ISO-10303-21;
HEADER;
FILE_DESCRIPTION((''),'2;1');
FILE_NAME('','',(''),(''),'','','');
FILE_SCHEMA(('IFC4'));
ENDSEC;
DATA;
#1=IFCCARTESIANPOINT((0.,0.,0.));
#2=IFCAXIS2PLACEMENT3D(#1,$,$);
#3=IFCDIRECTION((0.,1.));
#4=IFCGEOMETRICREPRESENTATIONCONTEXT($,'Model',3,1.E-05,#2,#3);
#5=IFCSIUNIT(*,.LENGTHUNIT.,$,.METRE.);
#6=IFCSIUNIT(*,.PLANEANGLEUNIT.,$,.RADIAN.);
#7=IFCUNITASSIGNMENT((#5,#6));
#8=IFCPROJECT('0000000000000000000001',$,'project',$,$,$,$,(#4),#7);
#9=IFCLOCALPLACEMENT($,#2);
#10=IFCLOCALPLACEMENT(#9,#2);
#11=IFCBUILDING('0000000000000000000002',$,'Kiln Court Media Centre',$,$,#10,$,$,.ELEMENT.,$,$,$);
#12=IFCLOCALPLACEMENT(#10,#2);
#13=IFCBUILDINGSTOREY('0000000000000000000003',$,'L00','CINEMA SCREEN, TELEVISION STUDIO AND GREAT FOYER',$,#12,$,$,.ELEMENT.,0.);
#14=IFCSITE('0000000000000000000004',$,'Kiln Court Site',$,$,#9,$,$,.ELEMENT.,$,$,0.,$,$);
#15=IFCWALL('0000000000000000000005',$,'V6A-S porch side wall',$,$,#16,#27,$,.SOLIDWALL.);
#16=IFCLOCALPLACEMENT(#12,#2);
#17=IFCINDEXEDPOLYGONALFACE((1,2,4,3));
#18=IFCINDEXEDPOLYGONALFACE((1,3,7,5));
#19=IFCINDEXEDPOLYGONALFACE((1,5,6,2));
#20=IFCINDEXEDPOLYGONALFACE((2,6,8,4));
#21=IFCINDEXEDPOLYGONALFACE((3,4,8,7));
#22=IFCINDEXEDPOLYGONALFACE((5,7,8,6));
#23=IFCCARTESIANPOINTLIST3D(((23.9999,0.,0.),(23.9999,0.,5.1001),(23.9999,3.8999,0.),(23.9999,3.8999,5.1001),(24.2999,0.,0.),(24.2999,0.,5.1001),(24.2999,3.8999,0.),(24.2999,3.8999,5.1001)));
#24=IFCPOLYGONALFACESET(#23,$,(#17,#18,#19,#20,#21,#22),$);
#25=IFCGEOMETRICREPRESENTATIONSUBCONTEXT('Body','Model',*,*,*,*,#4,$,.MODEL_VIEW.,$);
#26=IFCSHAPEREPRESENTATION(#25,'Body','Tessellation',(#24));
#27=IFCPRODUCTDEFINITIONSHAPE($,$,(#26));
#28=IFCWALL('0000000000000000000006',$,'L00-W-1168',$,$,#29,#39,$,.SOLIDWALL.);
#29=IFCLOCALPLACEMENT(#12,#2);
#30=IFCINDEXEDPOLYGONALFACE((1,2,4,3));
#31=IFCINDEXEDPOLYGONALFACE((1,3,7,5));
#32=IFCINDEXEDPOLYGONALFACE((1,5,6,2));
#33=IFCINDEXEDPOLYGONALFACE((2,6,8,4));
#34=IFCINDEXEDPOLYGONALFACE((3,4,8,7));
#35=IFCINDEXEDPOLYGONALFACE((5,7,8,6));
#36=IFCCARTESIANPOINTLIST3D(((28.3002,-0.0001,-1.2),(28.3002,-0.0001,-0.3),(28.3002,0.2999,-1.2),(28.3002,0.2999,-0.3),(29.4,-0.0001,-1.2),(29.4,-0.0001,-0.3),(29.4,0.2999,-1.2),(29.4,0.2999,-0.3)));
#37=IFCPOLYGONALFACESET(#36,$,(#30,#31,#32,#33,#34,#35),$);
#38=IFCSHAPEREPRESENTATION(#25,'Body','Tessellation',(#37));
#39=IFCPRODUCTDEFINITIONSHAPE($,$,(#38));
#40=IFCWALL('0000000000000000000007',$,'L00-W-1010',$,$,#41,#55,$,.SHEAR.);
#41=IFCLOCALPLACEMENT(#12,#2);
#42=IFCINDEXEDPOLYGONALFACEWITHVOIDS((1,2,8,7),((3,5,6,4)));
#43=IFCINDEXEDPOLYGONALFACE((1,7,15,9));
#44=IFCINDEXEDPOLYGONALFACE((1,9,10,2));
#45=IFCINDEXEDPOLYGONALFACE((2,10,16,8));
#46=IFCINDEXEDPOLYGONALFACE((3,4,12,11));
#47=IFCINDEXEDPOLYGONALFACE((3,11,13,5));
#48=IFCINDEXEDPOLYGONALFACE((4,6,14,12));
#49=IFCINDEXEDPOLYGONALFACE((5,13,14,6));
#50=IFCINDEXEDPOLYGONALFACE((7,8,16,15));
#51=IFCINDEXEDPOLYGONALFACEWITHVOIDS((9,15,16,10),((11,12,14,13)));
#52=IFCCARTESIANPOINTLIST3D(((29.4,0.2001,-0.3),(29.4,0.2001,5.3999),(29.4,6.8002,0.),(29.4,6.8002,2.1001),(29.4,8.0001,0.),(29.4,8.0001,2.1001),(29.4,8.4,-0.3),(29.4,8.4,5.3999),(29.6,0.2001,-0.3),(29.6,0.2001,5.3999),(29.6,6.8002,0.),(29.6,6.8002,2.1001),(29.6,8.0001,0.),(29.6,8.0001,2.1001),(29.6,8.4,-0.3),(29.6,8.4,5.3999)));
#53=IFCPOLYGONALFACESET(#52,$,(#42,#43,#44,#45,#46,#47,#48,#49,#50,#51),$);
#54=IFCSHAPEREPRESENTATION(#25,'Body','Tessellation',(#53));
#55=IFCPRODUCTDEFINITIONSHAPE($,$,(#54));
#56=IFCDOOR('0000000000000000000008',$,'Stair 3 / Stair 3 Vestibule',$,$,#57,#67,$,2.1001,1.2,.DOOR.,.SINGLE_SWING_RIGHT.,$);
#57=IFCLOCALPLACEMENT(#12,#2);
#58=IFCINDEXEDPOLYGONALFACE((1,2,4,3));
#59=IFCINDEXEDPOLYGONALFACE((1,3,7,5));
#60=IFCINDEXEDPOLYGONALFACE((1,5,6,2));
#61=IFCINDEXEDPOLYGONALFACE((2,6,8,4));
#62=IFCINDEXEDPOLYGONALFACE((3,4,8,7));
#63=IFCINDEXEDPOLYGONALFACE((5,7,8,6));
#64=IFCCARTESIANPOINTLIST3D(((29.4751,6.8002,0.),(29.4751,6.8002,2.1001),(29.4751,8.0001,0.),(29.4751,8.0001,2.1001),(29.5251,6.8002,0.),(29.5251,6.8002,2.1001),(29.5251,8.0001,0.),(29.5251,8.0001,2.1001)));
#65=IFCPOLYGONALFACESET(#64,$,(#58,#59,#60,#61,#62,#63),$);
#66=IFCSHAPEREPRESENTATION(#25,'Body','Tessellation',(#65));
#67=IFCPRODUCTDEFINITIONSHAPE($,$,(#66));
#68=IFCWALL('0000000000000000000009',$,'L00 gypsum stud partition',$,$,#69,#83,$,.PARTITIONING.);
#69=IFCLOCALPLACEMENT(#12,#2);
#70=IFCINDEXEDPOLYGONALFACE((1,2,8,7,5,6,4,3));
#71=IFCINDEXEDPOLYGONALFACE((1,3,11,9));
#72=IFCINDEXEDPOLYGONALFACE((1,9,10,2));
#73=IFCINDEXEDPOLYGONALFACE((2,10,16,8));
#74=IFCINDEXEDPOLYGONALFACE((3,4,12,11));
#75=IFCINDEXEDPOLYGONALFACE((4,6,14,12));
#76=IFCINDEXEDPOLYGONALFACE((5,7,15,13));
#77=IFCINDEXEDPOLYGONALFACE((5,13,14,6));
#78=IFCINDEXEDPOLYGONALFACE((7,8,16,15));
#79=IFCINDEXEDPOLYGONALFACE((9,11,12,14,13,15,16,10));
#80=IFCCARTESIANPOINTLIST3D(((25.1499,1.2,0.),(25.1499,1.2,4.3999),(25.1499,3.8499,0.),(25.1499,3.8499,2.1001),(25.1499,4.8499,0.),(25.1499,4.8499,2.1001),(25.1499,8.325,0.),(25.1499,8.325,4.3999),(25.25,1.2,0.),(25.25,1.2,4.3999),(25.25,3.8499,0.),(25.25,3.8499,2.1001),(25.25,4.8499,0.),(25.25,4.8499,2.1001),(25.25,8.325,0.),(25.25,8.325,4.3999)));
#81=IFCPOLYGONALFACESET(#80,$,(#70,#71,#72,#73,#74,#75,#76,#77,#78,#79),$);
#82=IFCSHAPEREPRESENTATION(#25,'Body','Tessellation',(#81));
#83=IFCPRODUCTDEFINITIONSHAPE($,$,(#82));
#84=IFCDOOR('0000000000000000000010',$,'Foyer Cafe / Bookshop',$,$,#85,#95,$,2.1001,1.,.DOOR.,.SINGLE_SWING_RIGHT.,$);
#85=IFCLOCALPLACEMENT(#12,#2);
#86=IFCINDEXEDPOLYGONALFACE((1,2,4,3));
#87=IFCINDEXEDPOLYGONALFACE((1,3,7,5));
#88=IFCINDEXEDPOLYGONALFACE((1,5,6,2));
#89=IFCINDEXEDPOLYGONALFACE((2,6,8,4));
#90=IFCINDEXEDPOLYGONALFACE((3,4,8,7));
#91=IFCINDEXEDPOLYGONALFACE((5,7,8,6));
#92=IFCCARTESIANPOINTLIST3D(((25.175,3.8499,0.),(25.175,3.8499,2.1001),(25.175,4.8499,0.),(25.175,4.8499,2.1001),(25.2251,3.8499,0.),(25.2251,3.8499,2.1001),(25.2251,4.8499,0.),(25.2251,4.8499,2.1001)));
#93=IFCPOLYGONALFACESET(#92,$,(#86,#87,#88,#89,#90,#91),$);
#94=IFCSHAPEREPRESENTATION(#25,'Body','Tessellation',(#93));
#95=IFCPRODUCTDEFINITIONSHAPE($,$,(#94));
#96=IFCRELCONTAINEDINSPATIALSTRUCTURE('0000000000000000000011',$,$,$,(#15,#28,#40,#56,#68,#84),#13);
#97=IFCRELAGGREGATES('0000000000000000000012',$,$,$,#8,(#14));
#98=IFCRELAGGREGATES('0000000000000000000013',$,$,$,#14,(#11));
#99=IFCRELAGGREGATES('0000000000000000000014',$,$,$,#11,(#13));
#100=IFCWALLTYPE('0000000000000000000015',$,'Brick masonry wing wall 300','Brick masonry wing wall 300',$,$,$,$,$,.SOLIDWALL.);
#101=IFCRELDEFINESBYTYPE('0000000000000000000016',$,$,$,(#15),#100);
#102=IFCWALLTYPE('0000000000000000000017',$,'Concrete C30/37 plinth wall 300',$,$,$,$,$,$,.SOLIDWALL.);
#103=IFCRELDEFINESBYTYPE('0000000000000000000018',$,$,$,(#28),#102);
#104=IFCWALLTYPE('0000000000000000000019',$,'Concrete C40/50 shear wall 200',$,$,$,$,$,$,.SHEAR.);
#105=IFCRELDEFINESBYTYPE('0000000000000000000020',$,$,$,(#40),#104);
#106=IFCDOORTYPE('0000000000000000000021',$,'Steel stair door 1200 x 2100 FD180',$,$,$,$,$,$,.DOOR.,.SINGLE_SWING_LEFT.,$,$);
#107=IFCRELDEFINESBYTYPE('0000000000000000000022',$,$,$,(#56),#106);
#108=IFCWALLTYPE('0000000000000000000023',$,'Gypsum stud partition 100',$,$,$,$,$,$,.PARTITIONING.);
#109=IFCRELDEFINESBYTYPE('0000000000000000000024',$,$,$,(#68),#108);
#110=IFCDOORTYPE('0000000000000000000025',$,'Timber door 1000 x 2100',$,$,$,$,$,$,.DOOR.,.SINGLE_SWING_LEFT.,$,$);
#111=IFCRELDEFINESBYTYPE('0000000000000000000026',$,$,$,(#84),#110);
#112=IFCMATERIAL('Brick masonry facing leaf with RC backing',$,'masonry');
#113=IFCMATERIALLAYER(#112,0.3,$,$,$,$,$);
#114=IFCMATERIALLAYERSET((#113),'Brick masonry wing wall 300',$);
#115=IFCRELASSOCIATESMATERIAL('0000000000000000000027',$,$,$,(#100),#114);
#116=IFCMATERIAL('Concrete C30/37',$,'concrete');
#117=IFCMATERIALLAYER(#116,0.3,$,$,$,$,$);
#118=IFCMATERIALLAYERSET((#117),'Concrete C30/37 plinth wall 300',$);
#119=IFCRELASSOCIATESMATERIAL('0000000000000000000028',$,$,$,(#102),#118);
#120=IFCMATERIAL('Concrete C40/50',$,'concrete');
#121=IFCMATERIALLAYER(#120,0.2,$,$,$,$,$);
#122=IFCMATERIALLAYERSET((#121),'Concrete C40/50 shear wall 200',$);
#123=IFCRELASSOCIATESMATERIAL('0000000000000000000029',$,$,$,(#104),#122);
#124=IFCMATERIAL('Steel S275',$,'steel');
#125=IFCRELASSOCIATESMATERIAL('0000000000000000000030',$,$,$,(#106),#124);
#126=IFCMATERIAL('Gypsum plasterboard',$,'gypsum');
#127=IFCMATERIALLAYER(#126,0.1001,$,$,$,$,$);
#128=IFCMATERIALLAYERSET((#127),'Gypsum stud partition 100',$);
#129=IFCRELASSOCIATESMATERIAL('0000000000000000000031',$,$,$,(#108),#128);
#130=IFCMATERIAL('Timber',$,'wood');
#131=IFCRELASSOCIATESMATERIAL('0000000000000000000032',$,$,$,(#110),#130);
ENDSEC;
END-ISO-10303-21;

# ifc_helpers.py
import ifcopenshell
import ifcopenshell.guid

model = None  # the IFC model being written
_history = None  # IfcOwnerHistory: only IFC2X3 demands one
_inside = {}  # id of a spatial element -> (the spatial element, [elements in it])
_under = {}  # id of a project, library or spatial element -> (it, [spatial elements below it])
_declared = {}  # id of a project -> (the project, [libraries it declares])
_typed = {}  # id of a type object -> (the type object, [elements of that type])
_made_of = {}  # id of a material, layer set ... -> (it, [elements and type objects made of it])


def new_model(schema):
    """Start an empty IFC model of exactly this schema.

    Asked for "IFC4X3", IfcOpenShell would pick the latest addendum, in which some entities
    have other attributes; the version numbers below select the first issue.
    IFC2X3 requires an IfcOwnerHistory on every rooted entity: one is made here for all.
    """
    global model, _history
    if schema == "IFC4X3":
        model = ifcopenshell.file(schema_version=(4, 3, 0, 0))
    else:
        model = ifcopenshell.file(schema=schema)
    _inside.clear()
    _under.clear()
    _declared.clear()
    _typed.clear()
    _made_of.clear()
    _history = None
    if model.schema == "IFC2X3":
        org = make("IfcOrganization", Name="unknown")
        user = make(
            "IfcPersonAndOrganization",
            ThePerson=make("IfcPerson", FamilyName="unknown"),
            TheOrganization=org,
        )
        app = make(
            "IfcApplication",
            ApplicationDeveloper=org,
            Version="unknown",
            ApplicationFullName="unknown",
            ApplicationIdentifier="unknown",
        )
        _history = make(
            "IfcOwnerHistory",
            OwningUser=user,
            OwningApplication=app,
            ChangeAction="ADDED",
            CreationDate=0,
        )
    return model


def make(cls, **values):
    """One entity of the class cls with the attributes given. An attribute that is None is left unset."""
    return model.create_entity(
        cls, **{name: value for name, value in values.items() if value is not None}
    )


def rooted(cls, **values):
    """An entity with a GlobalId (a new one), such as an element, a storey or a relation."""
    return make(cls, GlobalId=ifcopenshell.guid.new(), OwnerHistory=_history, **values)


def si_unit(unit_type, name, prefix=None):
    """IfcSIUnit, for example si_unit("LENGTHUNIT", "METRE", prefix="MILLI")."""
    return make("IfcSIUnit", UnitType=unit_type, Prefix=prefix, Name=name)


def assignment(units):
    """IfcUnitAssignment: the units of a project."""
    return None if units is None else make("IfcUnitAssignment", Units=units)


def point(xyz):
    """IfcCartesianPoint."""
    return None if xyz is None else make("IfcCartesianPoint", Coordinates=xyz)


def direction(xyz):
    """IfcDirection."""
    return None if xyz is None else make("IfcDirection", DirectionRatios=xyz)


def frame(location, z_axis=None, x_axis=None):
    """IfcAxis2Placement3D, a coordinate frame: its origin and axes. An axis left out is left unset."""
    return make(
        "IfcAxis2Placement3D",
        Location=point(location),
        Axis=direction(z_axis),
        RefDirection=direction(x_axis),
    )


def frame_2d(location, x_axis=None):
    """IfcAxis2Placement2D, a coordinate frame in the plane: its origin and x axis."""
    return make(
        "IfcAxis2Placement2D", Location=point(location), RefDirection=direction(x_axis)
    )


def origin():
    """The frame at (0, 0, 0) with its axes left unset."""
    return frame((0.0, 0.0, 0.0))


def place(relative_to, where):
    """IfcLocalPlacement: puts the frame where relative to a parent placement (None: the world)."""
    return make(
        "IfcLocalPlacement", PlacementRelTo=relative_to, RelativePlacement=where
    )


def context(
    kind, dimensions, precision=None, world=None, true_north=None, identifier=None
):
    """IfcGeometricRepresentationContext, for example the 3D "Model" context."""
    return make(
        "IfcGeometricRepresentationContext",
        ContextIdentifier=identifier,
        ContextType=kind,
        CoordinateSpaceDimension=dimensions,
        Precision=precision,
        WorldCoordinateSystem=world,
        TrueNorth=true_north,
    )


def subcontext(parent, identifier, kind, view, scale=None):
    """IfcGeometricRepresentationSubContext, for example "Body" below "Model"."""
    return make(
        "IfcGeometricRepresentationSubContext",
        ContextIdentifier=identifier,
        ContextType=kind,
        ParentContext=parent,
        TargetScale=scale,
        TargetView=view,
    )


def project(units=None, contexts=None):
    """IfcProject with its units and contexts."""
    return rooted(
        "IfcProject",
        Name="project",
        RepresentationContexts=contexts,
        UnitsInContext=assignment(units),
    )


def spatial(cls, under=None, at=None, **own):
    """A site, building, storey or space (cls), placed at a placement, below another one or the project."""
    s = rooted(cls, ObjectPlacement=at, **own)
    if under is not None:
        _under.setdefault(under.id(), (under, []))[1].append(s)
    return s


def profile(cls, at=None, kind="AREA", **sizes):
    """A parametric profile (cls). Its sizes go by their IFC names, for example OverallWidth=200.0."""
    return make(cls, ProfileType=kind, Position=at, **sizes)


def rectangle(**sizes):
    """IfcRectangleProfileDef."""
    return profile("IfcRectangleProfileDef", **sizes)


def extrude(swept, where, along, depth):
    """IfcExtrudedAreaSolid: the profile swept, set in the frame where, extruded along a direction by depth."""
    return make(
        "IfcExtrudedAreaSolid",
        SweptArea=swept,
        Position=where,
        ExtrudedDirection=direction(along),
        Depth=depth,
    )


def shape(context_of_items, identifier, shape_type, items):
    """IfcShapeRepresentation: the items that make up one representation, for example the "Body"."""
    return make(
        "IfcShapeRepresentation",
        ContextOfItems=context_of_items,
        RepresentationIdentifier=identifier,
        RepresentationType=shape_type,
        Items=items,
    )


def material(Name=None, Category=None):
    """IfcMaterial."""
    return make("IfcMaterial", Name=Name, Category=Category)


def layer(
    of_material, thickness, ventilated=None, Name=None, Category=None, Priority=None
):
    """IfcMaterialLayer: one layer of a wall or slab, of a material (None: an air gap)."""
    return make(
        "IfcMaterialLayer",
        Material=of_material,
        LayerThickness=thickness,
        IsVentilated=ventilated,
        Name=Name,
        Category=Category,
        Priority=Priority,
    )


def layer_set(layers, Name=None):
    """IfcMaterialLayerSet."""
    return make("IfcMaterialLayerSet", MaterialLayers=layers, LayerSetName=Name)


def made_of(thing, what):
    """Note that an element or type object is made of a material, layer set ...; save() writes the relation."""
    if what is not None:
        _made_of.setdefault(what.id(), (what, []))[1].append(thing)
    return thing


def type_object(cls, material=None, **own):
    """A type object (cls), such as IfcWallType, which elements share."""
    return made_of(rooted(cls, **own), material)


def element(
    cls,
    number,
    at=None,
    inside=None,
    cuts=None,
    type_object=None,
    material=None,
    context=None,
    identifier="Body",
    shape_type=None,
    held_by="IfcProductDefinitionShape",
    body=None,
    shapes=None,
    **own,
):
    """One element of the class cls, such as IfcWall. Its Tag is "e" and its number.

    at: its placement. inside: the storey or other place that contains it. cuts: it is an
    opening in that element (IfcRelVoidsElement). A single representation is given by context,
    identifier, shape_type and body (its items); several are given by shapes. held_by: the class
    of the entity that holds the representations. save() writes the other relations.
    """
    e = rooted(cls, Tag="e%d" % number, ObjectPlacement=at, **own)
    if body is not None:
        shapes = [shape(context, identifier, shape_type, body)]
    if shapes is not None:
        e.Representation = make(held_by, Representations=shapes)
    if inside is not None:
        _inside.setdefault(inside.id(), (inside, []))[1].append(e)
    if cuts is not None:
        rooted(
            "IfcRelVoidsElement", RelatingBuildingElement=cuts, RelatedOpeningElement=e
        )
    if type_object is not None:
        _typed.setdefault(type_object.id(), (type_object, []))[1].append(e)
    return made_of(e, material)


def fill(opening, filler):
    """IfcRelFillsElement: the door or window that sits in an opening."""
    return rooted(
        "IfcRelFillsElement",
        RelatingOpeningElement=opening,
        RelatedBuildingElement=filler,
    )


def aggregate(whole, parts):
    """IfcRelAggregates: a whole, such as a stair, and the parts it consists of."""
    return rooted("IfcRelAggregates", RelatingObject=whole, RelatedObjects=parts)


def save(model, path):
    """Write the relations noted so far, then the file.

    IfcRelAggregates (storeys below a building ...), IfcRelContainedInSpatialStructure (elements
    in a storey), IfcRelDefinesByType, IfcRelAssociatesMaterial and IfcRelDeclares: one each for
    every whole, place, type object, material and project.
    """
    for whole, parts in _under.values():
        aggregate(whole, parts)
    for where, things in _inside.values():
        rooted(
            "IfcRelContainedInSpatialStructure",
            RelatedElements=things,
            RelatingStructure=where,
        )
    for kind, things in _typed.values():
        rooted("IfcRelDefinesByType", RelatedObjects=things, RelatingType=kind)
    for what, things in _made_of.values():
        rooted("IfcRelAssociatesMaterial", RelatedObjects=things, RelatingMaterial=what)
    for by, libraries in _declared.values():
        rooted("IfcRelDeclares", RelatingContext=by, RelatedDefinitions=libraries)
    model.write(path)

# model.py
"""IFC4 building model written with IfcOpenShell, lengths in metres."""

from ifc_helpers import new_model, si_unit, direction, frame, frame_2d, origin, place, context, subcontext, project, spatial, rectangle, extrude, material, layer, layer_set, type_object, element, fill, save


model = new_model("IFC4")

# Units and contexts
model_context = context("Model", 3, precision=1e-05, world=origin(), true_north=direction((0.0, 1.0)))
body_context = subcontext(model_context, "Body", "Model", "MODEL_VIEW")
ifc_project = project(units=[si_unit("LENGTHUNIT", "METRE"), si_unit("PLANEANGLEUNIT", "RADIAN")], contexts=[model_context])

# Site, building, storey
site_placement = place(None, origin())
site = spatial("IfcSite", under=ifc_project, at=site_placement, Name="Kiln Court Site", CompositionType="ELEMENT", RefElevation=0.0)
building_placement = place(site_placement, origin())
building = spatial("IfcBuilding", under=site, at=building_placement, Name="Kiln Court Media Centre", CompositionType="ELEMENT")
storey_placement = place(building_placement, origin())
storey = spatial("IfcBuildingStorey", under=building, at=storey_placement, Name="L00", Description="CINEMA SCREEN, TELEVISION STUDIO AND GREAT FOYER", CompositionType="ELEMENT", Elevation=0.0)

# Walls
ifc_material_1 = material(Name="Brick masonry facing leaf with RC backing", Category="masonry")
ifc_layer_1 = layer(ifc_material_1, 0.3)
ifc_layer_set_1 = layer_set([ifc_layer_1], Name="Brick masonry wing wall 300")
wall_type_1 = type_object("IfcWallType", Name="Brick masonry wing wall 300", Description="Brick masonry wing wall 300", PredefinedType="SOLIDWALL", material=ifc_layer_set_1)
wall_1_placement = place(storey_placement, frame((24.1499, 3.8999, 0.0), z_axis=(0.0, 0.0, 1.0), x_axis=(0.0, -1.0, 0.0)))
element("IfcWall", 1, at=wall_1_placement, inside=storey, type_object=wall_type_1, Name="V6A-S porch side wall", PredefinedType="SOLIDWALL", context=body_context, shape_type="SweptSolid", body=[
    extrude(rectangle(XDim=3.8999, YDim=0.3, at=frame_2d((1.95, 0.0))), origin(), (0.0, 0.0, 1.0), 5.1001),
])
ifc_material_2 = material(Name="Concrete C30/37", Category="concrete")
ifc_layer_2 = layer(ifc_material_2, 0.3)
ifc_layer_set_2 = layer_set([ifc_layer_2], Name="Concrete C30/37 plinth wall 300")
wall_type_2 = type_object("IfcWallType", Name="Concrete C30/37 plinth wall 300", PredefinedType="SOLIDWALL", material=ifc_layer_set_2)
wall_2_placement = place(storey_placement, frame((29.3999, 0.1499, -1.2), z_axis=(0.0, 0.0, 1.0), x_axis=(-1.0, 0.0, 0.0)))
element("IfcWall", 2, at=wall_2_placement, inside=storey, type_object=wall_type_2, Name="L00-W-1168", PredefinedType="SOLIDWALL", context=body_context, shape_type="SweptSolid", body=[
    extrude(rectangle(XDim=1.0999, YDim=0.3, at=frame_2d((0.5498, 0.0))), origin(), (0.0, 0.0, 1.0), 0.8999),
])

# Walls, openings, doors
ifc_material_3 = material(Name="Concrete C40/50", Category="concrete")
ifc_layer_3 = layer(ifc_material_3, 0.2)
ifc_layer_set_3 = layer_set([ifc_layer_3], Name="Concrete C40/50 shear wall 200")
wall_type_3 = type_object("IfcWallType", Name="Concrete C40/50 shear wall 200", PredefinedType="SHEAR", material=ifc_layer_set_3)
wall_3_placement = place(storey_placement, frame((29.5, 0.2, -0.3), z_axis=(0.0, 0.0, 1.0), x_axis=(0.0, 1.0, 0.0)))
wall_3 = element("IfcWall", 3, at=wall_3_placement, inside=storey, type_object=wall_type_3, Name="L00-W-1010", PredefinedType="SHEAR", context=body_context, shape_type="SweptSolid", body=[
    extrude(rectangle(XDim=8.2, YDim=0.2, at=frame_2d((4.1001, 0.0))), origin(), (0.0, 0.0, 1.0), 5.7),
])
opening_1_placement = place(wall_3_placement, frame((6.6001, 0.0, 0.3)))
opening_1 = element("IfcOpeningElement", 4, at=opening_1_placement, cuts=wall_3, PredefinedType="OPENING", context=body_context, shape_type="SweptSolid", body=[
    extrude(rectangle(XDim=1.2, YDim=2.1001, at=frame_2d((0.6001, 1.05))), frame((0.0, 0.1099, 0.0), z_axis=(0.0, -1.0, 0.0), x_axis=(1.0, 0.0, 0.0)), (0.0, 0.0, 1.0), 0.22),
])
ifc_material_4 = material(Name="Steel S275", Category="steel")
door_type_1 = type_object("IfcDoorType", Name="Steel stair door 1200 x 2100 FD180", OperationType="SINGLE_SWING_LEFT", PredefinedType="DOOR", material=ifc_material_4)
door_1_placement = place(opening_1_placement, origin())
door_1 = element("IfcDoor", 5, at=door_1_placement, inside=storey, type_object=door_type_1, Name="Stair 3 / Stair 3 Vestibule", OperationType="SINGLE_SWING_RIGHT", OverallHeight=2.1001, OverallWidth=1.2, PredefinedType="DOOR", context=body_context, shape_type="SweptSolid", body=[
    extrude(rectangle(XDim=1.2, YDim=2.1001, at=frame_2d((0.6001, 1.05))), frame((0.0, 0.0249, 0.0), z_axis=(0.0, -1.0, 0.0), x_axis=(1.0, 0.0, 0.0)), (0.0, 0.0, 1.0), 0.05),
])
fill(opening_1, door_1)
ifc_material_5 = material(Name="Gypsum plasterboard", Category="gypsum")
ifc_layer_4 = layer(ifc_material_5, 0.1001)
ifc_layer_set_4 = layer_set([ifc_layer_4], Name="Gypsum stud partition 100")
wall_type_4 = type_object("IfcWallType", Name="Gypsum stud partition 100", PredefinedType="PARTITIONING", material=ifc_layer_set_4)
wall_4_placement = place(storey_placement, frame((25.2, 1.2, 0.0), z_axis=(0.0, 0.0, 1.0), x_axis=(0.0, 1.0, 0.0)))
wall_4 = element("IfcWall", 6, at=wall_4_placement, inside=storey, type_object=wall_type_4, Name="L00 gypsum stud partition", PredefinedType="PARTITIONING", context=body_context, shape_type="SweptSolid", body=[
    extrude(rectangle(XDim=7.125, YDim=0.1001, at=frame_2d((3.5625, 0.0))), origin(), (0.0, 0.0, 1.0), 4.3999),
])
opening_2_placement = place(wall_4_placement, frame((2.6499, 0.0, 0.0)))
opening_2 = element("IfcOpeningElement", 7, at=opening_2_placement, cuts=wall_4, PredefinedType="OPENING", context=body_context, shape_type="SweptSolid", body=[
    extrude(rectangle(XDim=1.0, YDim=2.1001, at=frame_2d((0.5, 1.05))), frame((0.0, 0.0601, 0.0), z_axis=(0.0, -1.0, 0.0), x_axis=(1.0, 0.0, 0.0)), (0.0, 0.0, 1.0), 0.1201),
])
ifc_material_6 = material(Name="Timber", Category="wood")
door_type_2 = type_object("IfcDoorType", Name="Timber door 1000 x 2100", OperationType="SINGLE_SWING_LEFT", PredefinedType="DOOR", material=ifc_material_6)
door_2_placement = place(opening_2_placement, origin())
door_2 = element("IfcDoor", 8, at=door_2_placement, inside=storey, type_object=door_type_2, Name="Foyer Cafe / Bookshop", OperationType="SINGLE_SWING_RIGHT", OverallHeight=2.1001, OverallWidth=1.0, PredefinedType="DOOR", context=body_context, shape_type="SweptSolid", body=[
    extrude(rectangle(XDim=1.0, YDim=2.1001, at=frame_2d((0.5, 1.05))), frame((0.0, 0.0249, 0.0), z_axis=(0.0, -1.0, 0.0), x_axis=(1.0, 0.0, 0.0)), (0.0, 0.0, 1.0), 0.05),
])
fill(opening_2, door_2)

save(model, "model.ifc")
